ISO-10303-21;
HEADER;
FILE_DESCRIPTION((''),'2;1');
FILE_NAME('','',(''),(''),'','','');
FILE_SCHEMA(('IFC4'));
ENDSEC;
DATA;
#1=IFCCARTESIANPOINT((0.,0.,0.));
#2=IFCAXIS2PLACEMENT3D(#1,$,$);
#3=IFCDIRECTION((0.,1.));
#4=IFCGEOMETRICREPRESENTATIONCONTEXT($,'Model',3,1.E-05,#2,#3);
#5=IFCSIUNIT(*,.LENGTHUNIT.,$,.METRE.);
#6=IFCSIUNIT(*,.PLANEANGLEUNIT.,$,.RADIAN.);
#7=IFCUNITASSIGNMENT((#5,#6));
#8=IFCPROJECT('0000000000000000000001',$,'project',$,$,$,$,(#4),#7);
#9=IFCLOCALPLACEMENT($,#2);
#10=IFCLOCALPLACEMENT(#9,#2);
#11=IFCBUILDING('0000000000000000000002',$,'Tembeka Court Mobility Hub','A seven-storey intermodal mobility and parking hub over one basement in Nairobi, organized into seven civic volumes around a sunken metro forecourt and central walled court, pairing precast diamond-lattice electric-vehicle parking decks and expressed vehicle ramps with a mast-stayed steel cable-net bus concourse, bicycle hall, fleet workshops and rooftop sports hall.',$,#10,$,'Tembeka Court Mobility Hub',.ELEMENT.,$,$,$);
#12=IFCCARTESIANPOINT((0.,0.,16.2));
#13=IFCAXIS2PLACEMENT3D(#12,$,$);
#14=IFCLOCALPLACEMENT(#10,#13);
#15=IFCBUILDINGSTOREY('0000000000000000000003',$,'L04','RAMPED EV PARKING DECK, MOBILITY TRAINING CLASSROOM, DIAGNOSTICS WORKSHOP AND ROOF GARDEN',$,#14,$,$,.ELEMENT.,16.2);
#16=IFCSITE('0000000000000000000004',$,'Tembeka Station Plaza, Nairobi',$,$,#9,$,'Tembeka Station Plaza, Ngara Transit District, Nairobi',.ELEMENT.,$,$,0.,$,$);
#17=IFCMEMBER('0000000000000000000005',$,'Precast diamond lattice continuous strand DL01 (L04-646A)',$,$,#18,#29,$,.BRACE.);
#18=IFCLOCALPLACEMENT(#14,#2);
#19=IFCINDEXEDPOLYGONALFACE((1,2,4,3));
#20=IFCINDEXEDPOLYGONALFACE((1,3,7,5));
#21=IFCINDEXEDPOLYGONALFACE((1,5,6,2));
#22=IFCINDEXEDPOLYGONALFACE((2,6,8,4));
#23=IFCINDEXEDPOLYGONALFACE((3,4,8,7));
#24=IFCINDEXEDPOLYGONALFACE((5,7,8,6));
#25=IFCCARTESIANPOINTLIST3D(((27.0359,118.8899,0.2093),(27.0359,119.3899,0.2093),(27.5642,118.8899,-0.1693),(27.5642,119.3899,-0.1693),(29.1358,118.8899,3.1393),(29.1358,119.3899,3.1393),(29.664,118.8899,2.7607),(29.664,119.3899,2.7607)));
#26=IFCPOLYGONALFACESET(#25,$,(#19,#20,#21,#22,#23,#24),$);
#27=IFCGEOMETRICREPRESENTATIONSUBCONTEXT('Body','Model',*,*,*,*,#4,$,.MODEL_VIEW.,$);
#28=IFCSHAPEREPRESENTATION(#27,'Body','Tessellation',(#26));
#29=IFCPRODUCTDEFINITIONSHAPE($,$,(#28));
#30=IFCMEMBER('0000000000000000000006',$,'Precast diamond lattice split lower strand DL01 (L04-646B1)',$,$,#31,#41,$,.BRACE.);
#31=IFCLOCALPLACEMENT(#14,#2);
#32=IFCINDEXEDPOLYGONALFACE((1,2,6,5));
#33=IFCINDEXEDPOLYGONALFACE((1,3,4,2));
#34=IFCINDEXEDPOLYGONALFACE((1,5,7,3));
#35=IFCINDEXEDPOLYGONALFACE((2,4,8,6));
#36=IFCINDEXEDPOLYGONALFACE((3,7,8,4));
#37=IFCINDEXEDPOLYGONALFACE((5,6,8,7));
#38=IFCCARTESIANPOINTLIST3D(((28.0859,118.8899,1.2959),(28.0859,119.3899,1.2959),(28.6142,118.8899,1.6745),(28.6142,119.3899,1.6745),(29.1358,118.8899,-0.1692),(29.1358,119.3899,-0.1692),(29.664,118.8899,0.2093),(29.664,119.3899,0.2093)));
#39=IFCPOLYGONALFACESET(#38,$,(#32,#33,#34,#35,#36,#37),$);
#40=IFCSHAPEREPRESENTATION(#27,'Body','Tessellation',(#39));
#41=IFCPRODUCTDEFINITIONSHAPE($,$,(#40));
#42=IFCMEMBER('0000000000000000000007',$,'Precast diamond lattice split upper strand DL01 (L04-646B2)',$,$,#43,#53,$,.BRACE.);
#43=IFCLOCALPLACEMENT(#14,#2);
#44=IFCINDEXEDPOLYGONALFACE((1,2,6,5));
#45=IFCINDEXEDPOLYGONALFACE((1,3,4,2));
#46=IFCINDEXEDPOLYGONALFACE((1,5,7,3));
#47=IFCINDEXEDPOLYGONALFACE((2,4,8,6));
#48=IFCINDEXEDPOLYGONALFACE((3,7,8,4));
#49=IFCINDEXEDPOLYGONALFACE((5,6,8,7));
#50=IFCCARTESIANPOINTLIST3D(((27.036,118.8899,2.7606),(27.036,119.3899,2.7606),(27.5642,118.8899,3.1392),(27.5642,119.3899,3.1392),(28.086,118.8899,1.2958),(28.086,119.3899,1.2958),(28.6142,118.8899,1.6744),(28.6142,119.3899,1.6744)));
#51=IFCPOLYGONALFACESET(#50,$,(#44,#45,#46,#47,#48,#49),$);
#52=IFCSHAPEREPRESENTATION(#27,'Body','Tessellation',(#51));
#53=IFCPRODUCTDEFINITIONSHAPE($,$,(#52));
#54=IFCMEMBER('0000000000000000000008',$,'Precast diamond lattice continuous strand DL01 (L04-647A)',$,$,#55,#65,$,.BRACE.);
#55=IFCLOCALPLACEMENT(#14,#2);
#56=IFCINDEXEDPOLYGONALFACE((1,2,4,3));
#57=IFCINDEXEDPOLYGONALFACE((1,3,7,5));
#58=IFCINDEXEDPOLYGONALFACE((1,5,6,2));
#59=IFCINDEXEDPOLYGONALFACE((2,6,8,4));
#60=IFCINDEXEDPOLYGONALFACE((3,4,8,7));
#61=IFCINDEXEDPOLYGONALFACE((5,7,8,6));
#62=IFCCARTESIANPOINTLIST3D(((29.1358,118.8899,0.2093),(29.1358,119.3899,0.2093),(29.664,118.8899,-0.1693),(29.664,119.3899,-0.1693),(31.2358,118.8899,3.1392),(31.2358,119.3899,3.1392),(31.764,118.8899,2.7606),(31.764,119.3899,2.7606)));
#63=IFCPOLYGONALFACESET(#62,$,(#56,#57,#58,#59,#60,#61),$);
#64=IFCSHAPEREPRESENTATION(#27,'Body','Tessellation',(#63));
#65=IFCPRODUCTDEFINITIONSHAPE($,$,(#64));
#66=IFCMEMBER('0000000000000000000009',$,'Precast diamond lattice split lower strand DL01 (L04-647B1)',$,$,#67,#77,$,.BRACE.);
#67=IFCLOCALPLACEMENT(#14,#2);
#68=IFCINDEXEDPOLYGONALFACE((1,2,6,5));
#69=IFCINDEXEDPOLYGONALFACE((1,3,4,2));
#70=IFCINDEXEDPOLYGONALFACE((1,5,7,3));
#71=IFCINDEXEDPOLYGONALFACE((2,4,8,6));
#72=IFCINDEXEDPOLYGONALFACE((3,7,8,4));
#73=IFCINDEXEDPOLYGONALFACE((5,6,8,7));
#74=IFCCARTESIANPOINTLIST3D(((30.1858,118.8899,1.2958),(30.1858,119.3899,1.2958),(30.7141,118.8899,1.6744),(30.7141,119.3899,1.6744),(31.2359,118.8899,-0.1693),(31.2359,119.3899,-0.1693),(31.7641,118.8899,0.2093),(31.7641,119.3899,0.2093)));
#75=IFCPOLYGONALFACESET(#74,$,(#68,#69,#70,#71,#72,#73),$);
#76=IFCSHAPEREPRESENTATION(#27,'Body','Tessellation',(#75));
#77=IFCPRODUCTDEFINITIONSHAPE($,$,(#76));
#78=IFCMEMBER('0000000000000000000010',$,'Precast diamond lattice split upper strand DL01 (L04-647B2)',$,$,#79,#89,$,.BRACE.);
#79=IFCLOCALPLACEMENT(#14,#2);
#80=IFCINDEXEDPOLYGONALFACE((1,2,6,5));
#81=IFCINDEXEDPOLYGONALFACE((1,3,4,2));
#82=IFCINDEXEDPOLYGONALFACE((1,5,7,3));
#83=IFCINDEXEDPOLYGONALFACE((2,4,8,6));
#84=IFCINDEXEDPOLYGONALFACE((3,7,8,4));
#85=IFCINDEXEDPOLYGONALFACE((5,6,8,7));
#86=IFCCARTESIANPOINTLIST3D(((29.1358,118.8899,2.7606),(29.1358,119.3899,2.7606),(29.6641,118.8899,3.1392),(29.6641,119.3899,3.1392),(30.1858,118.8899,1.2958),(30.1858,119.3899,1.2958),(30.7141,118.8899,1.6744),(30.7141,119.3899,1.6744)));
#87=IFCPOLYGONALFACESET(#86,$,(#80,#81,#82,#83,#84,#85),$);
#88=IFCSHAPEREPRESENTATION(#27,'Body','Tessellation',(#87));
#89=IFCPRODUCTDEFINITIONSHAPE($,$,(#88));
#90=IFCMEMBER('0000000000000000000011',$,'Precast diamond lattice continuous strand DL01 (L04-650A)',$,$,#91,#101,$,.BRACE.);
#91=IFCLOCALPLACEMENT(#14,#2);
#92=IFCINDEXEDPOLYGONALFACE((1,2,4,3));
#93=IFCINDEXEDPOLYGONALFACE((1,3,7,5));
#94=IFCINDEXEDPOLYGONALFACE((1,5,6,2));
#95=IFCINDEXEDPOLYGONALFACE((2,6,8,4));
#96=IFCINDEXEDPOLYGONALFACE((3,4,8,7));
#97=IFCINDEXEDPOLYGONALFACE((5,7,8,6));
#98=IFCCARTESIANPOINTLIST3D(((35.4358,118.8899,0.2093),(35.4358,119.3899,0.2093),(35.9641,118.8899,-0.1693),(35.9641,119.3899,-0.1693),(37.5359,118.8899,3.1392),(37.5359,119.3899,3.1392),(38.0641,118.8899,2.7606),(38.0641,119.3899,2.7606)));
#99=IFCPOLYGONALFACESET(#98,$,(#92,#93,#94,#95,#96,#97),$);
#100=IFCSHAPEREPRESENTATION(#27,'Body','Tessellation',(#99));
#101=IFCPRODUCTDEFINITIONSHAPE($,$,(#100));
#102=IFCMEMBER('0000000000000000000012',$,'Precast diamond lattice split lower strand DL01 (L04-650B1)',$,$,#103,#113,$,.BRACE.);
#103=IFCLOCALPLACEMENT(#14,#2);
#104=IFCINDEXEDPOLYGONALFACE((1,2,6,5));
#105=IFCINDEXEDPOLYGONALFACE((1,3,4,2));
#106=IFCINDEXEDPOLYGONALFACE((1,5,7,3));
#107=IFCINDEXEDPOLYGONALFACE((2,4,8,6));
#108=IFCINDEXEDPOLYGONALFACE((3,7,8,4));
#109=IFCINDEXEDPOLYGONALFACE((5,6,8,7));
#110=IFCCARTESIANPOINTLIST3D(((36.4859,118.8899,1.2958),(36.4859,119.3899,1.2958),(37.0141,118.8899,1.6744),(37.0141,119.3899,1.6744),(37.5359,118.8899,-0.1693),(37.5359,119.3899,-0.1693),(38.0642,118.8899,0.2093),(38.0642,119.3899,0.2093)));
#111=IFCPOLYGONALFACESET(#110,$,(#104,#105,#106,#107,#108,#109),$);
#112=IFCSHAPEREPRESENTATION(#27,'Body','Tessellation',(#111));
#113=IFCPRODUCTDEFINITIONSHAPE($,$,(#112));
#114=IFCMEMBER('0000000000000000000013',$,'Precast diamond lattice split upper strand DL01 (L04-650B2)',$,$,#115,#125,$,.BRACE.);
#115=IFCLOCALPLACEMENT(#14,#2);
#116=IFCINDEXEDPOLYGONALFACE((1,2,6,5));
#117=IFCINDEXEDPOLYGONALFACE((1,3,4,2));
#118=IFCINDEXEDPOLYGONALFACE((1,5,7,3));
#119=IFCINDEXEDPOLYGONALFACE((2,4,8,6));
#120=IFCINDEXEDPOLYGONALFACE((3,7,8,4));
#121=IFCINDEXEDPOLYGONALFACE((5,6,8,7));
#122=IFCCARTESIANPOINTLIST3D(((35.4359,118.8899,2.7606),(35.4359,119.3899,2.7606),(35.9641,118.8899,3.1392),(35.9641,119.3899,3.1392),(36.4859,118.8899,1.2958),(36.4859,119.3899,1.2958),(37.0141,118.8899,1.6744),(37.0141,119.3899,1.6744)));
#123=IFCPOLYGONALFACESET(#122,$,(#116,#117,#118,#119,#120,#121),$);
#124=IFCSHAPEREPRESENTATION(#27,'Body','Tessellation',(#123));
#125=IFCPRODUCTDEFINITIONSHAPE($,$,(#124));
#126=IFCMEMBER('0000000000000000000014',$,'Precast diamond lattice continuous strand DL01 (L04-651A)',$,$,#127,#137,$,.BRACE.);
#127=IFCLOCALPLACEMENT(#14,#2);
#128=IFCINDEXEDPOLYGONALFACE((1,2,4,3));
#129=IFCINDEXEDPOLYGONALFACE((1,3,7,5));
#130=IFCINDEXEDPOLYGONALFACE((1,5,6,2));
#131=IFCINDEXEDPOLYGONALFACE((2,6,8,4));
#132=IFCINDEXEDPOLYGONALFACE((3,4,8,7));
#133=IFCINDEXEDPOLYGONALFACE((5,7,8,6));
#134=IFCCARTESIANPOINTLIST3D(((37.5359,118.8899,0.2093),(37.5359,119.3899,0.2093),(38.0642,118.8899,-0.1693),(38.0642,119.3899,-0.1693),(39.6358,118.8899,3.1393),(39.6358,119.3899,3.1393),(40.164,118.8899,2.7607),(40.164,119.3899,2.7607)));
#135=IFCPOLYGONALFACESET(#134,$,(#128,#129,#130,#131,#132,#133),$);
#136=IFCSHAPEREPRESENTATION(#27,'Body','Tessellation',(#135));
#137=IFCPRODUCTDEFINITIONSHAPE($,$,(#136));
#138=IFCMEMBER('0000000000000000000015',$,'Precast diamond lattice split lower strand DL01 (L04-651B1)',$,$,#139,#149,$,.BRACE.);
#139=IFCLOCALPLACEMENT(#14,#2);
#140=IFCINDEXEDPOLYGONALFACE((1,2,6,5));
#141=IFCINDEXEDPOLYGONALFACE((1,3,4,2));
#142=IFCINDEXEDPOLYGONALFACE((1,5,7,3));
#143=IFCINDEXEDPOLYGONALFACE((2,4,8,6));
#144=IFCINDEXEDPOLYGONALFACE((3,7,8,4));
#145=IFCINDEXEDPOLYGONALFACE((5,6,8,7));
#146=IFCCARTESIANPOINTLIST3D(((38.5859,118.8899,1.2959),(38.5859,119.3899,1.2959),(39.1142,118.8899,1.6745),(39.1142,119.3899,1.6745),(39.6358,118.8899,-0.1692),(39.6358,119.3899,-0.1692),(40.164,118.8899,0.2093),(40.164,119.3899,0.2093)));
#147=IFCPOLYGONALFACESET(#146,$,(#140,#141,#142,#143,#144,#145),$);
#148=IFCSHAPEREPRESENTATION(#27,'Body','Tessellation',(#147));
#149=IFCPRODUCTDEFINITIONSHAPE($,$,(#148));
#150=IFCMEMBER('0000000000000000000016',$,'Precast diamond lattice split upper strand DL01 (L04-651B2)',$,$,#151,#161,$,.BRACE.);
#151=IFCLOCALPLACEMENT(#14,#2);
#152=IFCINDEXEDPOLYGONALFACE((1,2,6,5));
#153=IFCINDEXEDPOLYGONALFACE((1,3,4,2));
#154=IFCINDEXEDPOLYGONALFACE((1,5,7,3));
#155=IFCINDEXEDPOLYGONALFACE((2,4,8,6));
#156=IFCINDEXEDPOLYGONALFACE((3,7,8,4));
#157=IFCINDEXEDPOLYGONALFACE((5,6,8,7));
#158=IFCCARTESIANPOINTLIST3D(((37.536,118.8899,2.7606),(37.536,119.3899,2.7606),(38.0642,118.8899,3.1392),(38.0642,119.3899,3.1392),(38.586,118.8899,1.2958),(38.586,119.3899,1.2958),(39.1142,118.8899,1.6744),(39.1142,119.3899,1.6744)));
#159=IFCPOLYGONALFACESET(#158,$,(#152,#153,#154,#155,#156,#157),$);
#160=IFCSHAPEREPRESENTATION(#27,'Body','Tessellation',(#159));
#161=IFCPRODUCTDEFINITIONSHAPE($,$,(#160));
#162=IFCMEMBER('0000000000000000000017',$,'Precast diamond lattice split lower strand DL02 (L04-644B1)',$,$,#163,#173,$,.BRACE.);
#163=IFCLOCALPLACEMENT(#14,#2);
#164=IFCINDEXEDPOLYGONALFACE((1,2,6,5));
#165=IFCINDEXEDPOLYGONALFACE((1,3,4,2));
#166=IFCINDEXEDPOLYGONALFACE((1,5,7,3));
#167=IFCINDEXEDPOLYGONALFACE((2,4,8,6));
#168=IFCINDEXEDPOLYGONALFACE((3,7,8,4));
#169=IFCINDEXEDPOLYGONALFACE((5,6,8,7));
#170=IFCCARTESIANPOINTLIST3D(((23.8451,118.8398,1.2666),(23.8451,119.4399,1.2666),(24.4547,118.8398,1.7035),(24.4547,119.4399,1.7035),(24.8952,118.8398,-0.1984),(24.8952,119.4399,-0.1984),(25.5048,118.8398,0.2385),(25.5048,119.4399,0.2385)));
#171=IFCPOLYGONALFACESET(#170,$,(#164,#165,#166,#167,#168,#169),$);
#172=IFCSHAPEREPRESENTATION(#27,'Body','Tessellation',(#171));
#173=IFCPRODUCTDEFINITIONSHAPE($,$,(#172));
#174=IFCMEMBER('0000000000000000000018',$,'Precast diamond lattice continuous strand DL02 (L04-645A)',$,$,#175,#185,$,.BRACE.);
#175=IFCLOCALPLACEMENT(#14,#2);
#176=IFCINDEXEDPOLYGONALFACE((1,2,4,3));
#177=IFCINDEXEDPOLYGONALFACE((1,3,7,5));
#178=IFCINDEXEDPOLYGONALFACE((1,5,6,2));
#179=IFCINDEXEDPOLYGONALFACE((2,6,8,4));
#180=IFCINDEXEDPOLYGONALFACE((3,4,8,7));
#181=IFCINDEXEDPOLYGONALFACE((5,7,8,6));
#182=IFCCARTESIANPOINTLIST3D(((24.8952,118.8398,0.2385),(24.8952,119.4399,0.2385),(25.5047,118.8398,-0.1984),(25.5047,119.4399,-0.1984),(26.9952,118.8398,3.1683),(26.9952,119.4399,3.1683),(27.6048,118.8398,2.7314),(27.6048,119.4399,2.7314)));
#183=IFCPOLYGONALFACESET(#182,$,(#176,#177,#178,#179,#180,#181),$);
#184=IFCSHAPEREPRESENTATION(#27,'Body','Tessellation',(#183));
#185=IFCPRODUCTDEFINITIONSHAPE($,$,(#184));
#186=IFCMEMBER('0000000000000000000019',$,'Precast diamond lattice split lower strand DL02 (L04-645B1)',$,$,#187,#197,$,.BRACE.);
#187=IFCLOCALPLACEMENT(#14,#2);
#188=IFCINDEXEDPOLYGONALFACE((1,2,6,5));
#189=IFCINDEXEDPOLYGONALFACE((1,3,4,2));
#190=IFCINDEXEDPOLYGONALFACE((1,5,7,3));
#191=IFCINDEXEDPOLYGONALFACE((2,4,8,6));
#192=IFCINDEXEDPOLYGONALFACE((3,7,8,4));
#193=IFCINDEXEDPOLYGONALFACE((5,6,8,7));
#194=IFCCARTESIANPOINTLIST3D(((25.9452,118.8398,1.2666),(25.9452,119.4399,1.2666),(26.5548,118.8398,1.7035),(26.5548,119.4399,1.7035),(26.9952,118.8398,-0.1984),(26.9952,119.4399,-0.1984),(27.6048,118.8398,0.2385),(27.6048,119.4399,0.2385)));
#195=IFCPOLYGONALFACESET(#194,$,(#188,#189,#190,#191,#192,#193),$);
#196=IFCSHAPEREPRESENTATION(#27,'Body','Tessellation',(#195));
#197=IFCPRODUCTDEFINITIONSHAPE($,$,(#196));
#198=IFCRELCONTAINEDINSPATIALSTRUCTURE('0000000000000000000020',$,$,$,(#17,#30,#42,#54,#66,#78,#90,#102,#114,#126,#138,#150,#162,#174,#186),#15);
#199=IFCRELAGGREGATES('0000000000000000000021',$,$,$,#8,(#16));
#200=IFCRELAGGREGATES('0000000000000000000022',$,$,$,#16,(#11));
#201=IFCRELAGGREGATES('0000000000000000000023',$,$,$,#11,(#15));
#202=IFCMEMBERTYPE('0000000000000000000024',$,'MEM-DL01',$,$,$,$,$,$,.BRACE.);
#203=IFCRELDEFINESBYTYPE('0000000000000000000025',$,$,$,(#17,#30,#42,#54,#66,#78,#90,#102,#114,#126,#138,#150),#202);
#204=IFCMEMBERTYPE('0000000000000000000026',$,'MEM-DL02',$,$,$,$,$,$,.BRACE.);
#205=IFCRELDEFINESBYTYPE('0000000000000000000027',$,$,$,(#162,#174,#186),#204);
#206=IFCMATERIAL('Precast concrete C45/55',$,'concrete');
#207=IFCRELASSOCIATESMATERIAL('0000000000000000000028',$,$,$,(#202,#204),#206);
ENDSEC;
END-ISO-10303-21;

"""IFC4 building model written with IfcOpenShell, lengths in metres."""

from ifc_helpers import new_model, si_unit, direction, frame, origin, origin_2d, place, context, subcontext, project, spatial, rectangle, extrude, material, material_profile, profile_set, type_object, element, save


model = new_model("IFC4")

# Units and contexts
model_context = context("Model", 3, precision=1e-05, world=origin(), true_north=direction((0.0, 1.0)))
body_context = subcontext(model_context, "Body", "Model", "MODEL_VIEW")
ifc_project = project(units=[si_unit("LENGTHUNIT", "METRE"), si_unit("PLANEANGLEUNIT", "RADIAN")], contexts=[model_context])

# Site, building, storey
site_placement = place(None, origin())
site = spatial("IfcSite", under=ifc_project, at=site_placement, Name="Tembeka Station Plaza, Nairobi", LongName="Tembeka Station Plaza, Ngara Transit District, Nairobi", CompositionType="ELEMENT", RefElevation=0.0)
building_placement = place(site_placement, origin())
building = spatial("IfcBuilding", under=site, at=building_placement, Name="Tembeka Court Mobility Hub", Description="A seven-storey intermodal mobility and parking hub over one basement in Nairobi, organized into seven civic volumes around a sunken metro forecourt and central walled court, pairing precast diamond-lattice electric-vehicle parking decks and expressed vehicle ramps with a mast-stayed steel cable-net bus concourse, bicycle hall, fleet workshops and rooftop sports hall.", LongName="Tembeka Court Mobility Hub", CompositionType="ELEMENT")
storey_placement = place(building_placement, frame((0.0, 0.0, 16.2)))
storey = spatial("IfcBuildingStorey", under=building, at=storey_placement, Name="L04", Description="RAMPED EV PARKING DECK, MOBILITY TRAINING CLASSROOM, DIAGNOSTICS WORKSHOP AND ROOF GARDEN", CompositionType="ELEMENT", Elevation=16.2)

# Members
ifc_material = material(Name="Precast concrete C45/55", Category="concrete")
ifc_material_profile_1 = material_profile(ifc_material, rectangle(XDim=0.5, YDim=0.6499, at=origin_2d()), Name="PC-DIAG 500x650")
ifc_profile_set_1 = profile_set([ifc_material_profile_1], Name="Precast concrete C45/55")
member_type_1 = type_object("IfcMemberType", Name="MEM-DL01", PredefinedType="BRACE", material=ifc_profile_set_1)
member_1_placement = place(storey_placement, frame((27.3, 119.1399, 0.02), z_axis=(0.582532, 0.0, 0.812808), x_axis=(0.0, 1.0, 0.0)))
element("IfcMember", 1, at=member_1_placement, inside=storey, type_object=member_type_1, Name="Precast diamond lattice continuous strand DL01 (L04-646A)", PredefinedType="BRACE", context=body_context, shape_type="SweptSolid", body=[
    extrude(rectangle(XDim=0.5, YDim=0.6499, at=origin_2d()), origin(), (0.0, 0.0, 1.0), 3.6047),
])
member_2_placement = place(storey_placement, frame((29.3999, 119.1399, 0.02), z_axis=(-0.582455, 0.0, 0.812863), x_axis=(0.0, -1.0, 0.0)))
element("IfcMember", 2, at=member_2_placement, inside=storey, type_object=member_type_1, Name="Precast diamond lattice split lower strand DL01 (L04-646B1)", PredefinedType="BRACE", context=body_context, shape_type="SweptSolid", body=[
    extrude(rectangle(XDim=0.5, YDim=0.6499, at=origin_2d()), origin(), (0.0, 0.0, 1.0), 1.8025),
])
member_3_placement = place(storey_placement, frame((28.3501, 119.1399, 1.4851), z_axis=(-0.582608, 0.0, 0.812753), x_axis=(0.0, -1.0, 0.0)))
element("IfcMember", 3, at=member_3_placement, inside=storey, type_object=member_type_1, Name="Precast diamond lattice split upper strand DL01 (L04-646B2)", PredefinedType="BRACE", context=body_context, shape_type="SweptSolid", body=[
    extrude(rectangle(XDim=0.5, YDim=0.6499, at=origin_2d()), origin(), (0.0, 0.0, 1.0), 1.8022),
])
member_4_placement = place(storey_placement, frame((29.3999, 119.1399, 0.02), z_axis=(0.582576, 0.0, 0.812776), x_axis=(0.0, 1.0, 0.0)))
element("IfcMember", 4, at=member_4_placement, inside=storey, type_object=member_type_1, Name="Precast diamond lattice continuous strand DL01 (L04-647A)", PredefinedType="BRACE", context=body_context, shape_type="SweptSolid", body=[
    extrude(rectangle(XDim=0.5, YDim=0.6499, at=origin_2d()), origin(), (0.0, 0.0, 1.0), 3.6047),
])
member_5_placement = place(storey_placement, frame((31.5, 119.1399, 0.02), z_axis=(-0.582544, 0.0, 0.812799), x_axis=(0.0, -1.0, 0.0)))
element("IfcMember", 5, at=member_5_placement, inside=storey, type_object=member_type_1, Name="Precast diamond lattice split lower strand DL01 (L04-647B1)", PredefinedType="BRACE", context=body_context, shape_type="SweptSolid", body=[
    extrude(rectangle(XDim=0.5, YDim=0.6499, at=origin_2d()), origin(), (0.0, 0.0, 1.0), 1.8025),
])
member_6_placement = place(storey_placement, frame((30.45, 119.1399, 1.4851), z_axis=(-0.582608, 0.0, 0.812753), x_axis=(0.0, -1.0, 0.0)))
element("IfcMember", 6, at=member_6_placement, inside=storey, type_object=member_type_1, Name="Precast diamond lattice split upper strand DL01 (L04-647B2)", PredefinedType="BRACE", context=body_context, shape_type="SweptSolid", body=[
    extrude(rectangle(XDim=0.5, YDim=0.6499, at=origin_2d()), origin(), (0.0, 0.0, 1.0), 1.8022),
])
member_7_placement = place(storey_placement, frame((35.7, 119.1399, 0.02), z_axis=(0.582576, 0.0, 0.812776), x_axis=(0.0, 1.0, 0.0)))
element("IfcMember", 7, at=member_7_placement, inside=storey, type_object=member_type_1, Name="Precast diamond lattice continuous strand DL01 (L04-650A)", PredefinedType="BRACE", context=body_context, shape_type="SweptSolid", body=[
    extrude(rectangle(XDim=0.5, YDim=0.6499, at=origin_2d()), origin(), (0.0, 0.0, 1.0), 3.6047),
])
member_8_placement = place(storey_placement, frame((37.8, 119.1399, 0.02), z_axis=(-0.582544, 0.0, 0.812799), x_axis=(0.0, -1.0, 0.0)))
element("IfcMember", 8, at=member_8_placement, inside=storey, type_object=member_type_1, Name="Precast diamond lattice split lower strand DL01 (L04-650B1)", PredefinedType="BRACE", context=body_context, shape_type="SweptSolid", body=[
    extrude(rectangle(XDim=0.5, YDim=0.6499, at=origin_2d()), origin(), (0.0, 0.0, 1.0), 1.8025),
])
member_9_placement = place(storey_placement, frame((36.75, 119.1399, 1.4851), z_axis=(-0.582608, 0.0, 0.812753), x_axis=(0.0, -1.0, 0.0)))
element("IfcMember", 9, at=member_9_placement, inside=storey, type_object=member_type_1, Name="Precast diamond lattice split upper strand DL01 (L04-650B2)", PredefinedType="BRACE", context=body_context, shape_type="SweptSolid", body=[
    extrude(rectangle(XDim=0.5, YDim=0.6499, at=origin_2d()), origin(), (0.0, 0.0, 1.0), 1.8022),
])
member_10_placement = place(storey_placement, frame((37.8, 119.1399, 0.02), z_axis=(0.582532, 0.0, 0.812808), x_axis=(0.0, 1.0, 0.0)))
element("IfcMember", 10, at=member_10_placement, inside=storey, type_object=member_type_1, Name="Precast diamond lattice continuous strand DL01 (L04-651A)", PredefinedType="BRACE", context=body_context, shape_type="SweptSolid", body=[
    extrude(rectangle(XDim=0.5, YDim=0.6499, at=origin_2d()), origin(), (0.0, 0.0, 1.0), 3.6047),
])
member_11_placement = place(storey_placement, frame((39.8999, 119.1399, 0.02), z_axis=(-0.582455, 0.0, 0.812863), x_axis=(0.0, -1.0, 0.0)))
element("IfcMember", 11, at=member_11_placement, inside=storey, type_object=member_type_1, Name="Precast diamond lattice split lower strand DL01 (L04-651B1)", PredefinedType="BRACE", context=body_context, shape_type="SweptSolid", body=[
    extrude(rectangle(XDim=0.5, YDim=0.6499, at=origin_2d()), origin(), (0.0, 0.0, 1.0), 1.8025),
])
member_12_placement = place(storey_placement, frame((38.8501, 119.1399, 1.4851), z_axis=(-0.582608, 0.0, 0.812753), x_axis=(0.0, -1.0, 0.0)))
element("IfcMember", 12, at=member_12_placement, inside=storey, type_object=member_type_1, Name="Precast diamond lattice split upper strand DL01 (L04-651B2)", PredefinedType="BRACE", context=body_context, shape_type="SweptSolid", body=[
    extrude(rectangle(XDim=0.5, YDim=0.6499, at=origin_2d()), origin(), (0.0, 0.0, 1.0), 1.8022),
])
ifc_material_profile_2 = material_profile(ifc_material, rectangle(XDim=0.6001, YDim=0.75, at=origin_2d()), Name="PC-DIAG 600x750")
ifc_profile_set_2 = profile_set([ifc_material_profile_2], Name="Precast concrete C45/55")
member_type_2 = type_object("IfcMemberType", Name="MEM-DL02", PredefinedType="BRACE", material=ifc_profile_set_2)
member_13_placement = place(storey_placement, frame((25.2, 119.1399, 0.02), z_axis=(-0.582544, 0.0, 0.812799), x_axis=(0.0, -1.0, 0.0)))
element("IfcMember", 13, at=member_13_placement, inside=storey, type_object=member_type_2, Name="Precast diamond lattice split lower strand DL02 (L04-644B1)", PredefinedType="BRACE", context=body_context, shape_type="SweptSolid", body=[
    extrude(rectangle(XDim=0.6001, YDim=0.75, at=origin_2d()), origin(), (0.0, 0.0, 1.0), 1.8025),
])
member_14_placement = place(storey_placement, frame((25.2, 119.1399, 0.02), z_axis=(0.582576, 0.0, 0.812776), x_axis=(0.0, 1.0, 0.0)))
element("IfcMember", 14, at=member_14_placement, inside=storey, type_object=member_type_2, Name="Precast diamond lattice continuous strand DL02 (L04-645A)", PredefinedType="BRACE", context=body_context, shape_type="SweptSolid", body=[
    extrude(rectangle(XDim=0.6001, YDim=0.75, at=origin_2d()), origin(), (0.0, 0.0, 1.0), 3.6047),
])
member_15_placement = place(storey_placement, frame((27.3, 119.1399, 0.02), z_axis=(-0.582544, 0.0, 0.812799), x_axis=(0.0, -1.0, 0.0)))
element("IfcMember", 15, at=member_15_placement, inside=storey, type_object=member_type_2, Name="Precast diamond lattice split lower strand DL02 (L04-645B1)", PredefinedType="BRACE", context=body_context, shape_type="SweptSolid", body=[
    extrude(rectangle(XDim=0.6001, YDim=0.75, at=origin_2d()), origin(), (0.0, 0.0, 1.0), 1.8025),
])

save(model, "model.ifc")
